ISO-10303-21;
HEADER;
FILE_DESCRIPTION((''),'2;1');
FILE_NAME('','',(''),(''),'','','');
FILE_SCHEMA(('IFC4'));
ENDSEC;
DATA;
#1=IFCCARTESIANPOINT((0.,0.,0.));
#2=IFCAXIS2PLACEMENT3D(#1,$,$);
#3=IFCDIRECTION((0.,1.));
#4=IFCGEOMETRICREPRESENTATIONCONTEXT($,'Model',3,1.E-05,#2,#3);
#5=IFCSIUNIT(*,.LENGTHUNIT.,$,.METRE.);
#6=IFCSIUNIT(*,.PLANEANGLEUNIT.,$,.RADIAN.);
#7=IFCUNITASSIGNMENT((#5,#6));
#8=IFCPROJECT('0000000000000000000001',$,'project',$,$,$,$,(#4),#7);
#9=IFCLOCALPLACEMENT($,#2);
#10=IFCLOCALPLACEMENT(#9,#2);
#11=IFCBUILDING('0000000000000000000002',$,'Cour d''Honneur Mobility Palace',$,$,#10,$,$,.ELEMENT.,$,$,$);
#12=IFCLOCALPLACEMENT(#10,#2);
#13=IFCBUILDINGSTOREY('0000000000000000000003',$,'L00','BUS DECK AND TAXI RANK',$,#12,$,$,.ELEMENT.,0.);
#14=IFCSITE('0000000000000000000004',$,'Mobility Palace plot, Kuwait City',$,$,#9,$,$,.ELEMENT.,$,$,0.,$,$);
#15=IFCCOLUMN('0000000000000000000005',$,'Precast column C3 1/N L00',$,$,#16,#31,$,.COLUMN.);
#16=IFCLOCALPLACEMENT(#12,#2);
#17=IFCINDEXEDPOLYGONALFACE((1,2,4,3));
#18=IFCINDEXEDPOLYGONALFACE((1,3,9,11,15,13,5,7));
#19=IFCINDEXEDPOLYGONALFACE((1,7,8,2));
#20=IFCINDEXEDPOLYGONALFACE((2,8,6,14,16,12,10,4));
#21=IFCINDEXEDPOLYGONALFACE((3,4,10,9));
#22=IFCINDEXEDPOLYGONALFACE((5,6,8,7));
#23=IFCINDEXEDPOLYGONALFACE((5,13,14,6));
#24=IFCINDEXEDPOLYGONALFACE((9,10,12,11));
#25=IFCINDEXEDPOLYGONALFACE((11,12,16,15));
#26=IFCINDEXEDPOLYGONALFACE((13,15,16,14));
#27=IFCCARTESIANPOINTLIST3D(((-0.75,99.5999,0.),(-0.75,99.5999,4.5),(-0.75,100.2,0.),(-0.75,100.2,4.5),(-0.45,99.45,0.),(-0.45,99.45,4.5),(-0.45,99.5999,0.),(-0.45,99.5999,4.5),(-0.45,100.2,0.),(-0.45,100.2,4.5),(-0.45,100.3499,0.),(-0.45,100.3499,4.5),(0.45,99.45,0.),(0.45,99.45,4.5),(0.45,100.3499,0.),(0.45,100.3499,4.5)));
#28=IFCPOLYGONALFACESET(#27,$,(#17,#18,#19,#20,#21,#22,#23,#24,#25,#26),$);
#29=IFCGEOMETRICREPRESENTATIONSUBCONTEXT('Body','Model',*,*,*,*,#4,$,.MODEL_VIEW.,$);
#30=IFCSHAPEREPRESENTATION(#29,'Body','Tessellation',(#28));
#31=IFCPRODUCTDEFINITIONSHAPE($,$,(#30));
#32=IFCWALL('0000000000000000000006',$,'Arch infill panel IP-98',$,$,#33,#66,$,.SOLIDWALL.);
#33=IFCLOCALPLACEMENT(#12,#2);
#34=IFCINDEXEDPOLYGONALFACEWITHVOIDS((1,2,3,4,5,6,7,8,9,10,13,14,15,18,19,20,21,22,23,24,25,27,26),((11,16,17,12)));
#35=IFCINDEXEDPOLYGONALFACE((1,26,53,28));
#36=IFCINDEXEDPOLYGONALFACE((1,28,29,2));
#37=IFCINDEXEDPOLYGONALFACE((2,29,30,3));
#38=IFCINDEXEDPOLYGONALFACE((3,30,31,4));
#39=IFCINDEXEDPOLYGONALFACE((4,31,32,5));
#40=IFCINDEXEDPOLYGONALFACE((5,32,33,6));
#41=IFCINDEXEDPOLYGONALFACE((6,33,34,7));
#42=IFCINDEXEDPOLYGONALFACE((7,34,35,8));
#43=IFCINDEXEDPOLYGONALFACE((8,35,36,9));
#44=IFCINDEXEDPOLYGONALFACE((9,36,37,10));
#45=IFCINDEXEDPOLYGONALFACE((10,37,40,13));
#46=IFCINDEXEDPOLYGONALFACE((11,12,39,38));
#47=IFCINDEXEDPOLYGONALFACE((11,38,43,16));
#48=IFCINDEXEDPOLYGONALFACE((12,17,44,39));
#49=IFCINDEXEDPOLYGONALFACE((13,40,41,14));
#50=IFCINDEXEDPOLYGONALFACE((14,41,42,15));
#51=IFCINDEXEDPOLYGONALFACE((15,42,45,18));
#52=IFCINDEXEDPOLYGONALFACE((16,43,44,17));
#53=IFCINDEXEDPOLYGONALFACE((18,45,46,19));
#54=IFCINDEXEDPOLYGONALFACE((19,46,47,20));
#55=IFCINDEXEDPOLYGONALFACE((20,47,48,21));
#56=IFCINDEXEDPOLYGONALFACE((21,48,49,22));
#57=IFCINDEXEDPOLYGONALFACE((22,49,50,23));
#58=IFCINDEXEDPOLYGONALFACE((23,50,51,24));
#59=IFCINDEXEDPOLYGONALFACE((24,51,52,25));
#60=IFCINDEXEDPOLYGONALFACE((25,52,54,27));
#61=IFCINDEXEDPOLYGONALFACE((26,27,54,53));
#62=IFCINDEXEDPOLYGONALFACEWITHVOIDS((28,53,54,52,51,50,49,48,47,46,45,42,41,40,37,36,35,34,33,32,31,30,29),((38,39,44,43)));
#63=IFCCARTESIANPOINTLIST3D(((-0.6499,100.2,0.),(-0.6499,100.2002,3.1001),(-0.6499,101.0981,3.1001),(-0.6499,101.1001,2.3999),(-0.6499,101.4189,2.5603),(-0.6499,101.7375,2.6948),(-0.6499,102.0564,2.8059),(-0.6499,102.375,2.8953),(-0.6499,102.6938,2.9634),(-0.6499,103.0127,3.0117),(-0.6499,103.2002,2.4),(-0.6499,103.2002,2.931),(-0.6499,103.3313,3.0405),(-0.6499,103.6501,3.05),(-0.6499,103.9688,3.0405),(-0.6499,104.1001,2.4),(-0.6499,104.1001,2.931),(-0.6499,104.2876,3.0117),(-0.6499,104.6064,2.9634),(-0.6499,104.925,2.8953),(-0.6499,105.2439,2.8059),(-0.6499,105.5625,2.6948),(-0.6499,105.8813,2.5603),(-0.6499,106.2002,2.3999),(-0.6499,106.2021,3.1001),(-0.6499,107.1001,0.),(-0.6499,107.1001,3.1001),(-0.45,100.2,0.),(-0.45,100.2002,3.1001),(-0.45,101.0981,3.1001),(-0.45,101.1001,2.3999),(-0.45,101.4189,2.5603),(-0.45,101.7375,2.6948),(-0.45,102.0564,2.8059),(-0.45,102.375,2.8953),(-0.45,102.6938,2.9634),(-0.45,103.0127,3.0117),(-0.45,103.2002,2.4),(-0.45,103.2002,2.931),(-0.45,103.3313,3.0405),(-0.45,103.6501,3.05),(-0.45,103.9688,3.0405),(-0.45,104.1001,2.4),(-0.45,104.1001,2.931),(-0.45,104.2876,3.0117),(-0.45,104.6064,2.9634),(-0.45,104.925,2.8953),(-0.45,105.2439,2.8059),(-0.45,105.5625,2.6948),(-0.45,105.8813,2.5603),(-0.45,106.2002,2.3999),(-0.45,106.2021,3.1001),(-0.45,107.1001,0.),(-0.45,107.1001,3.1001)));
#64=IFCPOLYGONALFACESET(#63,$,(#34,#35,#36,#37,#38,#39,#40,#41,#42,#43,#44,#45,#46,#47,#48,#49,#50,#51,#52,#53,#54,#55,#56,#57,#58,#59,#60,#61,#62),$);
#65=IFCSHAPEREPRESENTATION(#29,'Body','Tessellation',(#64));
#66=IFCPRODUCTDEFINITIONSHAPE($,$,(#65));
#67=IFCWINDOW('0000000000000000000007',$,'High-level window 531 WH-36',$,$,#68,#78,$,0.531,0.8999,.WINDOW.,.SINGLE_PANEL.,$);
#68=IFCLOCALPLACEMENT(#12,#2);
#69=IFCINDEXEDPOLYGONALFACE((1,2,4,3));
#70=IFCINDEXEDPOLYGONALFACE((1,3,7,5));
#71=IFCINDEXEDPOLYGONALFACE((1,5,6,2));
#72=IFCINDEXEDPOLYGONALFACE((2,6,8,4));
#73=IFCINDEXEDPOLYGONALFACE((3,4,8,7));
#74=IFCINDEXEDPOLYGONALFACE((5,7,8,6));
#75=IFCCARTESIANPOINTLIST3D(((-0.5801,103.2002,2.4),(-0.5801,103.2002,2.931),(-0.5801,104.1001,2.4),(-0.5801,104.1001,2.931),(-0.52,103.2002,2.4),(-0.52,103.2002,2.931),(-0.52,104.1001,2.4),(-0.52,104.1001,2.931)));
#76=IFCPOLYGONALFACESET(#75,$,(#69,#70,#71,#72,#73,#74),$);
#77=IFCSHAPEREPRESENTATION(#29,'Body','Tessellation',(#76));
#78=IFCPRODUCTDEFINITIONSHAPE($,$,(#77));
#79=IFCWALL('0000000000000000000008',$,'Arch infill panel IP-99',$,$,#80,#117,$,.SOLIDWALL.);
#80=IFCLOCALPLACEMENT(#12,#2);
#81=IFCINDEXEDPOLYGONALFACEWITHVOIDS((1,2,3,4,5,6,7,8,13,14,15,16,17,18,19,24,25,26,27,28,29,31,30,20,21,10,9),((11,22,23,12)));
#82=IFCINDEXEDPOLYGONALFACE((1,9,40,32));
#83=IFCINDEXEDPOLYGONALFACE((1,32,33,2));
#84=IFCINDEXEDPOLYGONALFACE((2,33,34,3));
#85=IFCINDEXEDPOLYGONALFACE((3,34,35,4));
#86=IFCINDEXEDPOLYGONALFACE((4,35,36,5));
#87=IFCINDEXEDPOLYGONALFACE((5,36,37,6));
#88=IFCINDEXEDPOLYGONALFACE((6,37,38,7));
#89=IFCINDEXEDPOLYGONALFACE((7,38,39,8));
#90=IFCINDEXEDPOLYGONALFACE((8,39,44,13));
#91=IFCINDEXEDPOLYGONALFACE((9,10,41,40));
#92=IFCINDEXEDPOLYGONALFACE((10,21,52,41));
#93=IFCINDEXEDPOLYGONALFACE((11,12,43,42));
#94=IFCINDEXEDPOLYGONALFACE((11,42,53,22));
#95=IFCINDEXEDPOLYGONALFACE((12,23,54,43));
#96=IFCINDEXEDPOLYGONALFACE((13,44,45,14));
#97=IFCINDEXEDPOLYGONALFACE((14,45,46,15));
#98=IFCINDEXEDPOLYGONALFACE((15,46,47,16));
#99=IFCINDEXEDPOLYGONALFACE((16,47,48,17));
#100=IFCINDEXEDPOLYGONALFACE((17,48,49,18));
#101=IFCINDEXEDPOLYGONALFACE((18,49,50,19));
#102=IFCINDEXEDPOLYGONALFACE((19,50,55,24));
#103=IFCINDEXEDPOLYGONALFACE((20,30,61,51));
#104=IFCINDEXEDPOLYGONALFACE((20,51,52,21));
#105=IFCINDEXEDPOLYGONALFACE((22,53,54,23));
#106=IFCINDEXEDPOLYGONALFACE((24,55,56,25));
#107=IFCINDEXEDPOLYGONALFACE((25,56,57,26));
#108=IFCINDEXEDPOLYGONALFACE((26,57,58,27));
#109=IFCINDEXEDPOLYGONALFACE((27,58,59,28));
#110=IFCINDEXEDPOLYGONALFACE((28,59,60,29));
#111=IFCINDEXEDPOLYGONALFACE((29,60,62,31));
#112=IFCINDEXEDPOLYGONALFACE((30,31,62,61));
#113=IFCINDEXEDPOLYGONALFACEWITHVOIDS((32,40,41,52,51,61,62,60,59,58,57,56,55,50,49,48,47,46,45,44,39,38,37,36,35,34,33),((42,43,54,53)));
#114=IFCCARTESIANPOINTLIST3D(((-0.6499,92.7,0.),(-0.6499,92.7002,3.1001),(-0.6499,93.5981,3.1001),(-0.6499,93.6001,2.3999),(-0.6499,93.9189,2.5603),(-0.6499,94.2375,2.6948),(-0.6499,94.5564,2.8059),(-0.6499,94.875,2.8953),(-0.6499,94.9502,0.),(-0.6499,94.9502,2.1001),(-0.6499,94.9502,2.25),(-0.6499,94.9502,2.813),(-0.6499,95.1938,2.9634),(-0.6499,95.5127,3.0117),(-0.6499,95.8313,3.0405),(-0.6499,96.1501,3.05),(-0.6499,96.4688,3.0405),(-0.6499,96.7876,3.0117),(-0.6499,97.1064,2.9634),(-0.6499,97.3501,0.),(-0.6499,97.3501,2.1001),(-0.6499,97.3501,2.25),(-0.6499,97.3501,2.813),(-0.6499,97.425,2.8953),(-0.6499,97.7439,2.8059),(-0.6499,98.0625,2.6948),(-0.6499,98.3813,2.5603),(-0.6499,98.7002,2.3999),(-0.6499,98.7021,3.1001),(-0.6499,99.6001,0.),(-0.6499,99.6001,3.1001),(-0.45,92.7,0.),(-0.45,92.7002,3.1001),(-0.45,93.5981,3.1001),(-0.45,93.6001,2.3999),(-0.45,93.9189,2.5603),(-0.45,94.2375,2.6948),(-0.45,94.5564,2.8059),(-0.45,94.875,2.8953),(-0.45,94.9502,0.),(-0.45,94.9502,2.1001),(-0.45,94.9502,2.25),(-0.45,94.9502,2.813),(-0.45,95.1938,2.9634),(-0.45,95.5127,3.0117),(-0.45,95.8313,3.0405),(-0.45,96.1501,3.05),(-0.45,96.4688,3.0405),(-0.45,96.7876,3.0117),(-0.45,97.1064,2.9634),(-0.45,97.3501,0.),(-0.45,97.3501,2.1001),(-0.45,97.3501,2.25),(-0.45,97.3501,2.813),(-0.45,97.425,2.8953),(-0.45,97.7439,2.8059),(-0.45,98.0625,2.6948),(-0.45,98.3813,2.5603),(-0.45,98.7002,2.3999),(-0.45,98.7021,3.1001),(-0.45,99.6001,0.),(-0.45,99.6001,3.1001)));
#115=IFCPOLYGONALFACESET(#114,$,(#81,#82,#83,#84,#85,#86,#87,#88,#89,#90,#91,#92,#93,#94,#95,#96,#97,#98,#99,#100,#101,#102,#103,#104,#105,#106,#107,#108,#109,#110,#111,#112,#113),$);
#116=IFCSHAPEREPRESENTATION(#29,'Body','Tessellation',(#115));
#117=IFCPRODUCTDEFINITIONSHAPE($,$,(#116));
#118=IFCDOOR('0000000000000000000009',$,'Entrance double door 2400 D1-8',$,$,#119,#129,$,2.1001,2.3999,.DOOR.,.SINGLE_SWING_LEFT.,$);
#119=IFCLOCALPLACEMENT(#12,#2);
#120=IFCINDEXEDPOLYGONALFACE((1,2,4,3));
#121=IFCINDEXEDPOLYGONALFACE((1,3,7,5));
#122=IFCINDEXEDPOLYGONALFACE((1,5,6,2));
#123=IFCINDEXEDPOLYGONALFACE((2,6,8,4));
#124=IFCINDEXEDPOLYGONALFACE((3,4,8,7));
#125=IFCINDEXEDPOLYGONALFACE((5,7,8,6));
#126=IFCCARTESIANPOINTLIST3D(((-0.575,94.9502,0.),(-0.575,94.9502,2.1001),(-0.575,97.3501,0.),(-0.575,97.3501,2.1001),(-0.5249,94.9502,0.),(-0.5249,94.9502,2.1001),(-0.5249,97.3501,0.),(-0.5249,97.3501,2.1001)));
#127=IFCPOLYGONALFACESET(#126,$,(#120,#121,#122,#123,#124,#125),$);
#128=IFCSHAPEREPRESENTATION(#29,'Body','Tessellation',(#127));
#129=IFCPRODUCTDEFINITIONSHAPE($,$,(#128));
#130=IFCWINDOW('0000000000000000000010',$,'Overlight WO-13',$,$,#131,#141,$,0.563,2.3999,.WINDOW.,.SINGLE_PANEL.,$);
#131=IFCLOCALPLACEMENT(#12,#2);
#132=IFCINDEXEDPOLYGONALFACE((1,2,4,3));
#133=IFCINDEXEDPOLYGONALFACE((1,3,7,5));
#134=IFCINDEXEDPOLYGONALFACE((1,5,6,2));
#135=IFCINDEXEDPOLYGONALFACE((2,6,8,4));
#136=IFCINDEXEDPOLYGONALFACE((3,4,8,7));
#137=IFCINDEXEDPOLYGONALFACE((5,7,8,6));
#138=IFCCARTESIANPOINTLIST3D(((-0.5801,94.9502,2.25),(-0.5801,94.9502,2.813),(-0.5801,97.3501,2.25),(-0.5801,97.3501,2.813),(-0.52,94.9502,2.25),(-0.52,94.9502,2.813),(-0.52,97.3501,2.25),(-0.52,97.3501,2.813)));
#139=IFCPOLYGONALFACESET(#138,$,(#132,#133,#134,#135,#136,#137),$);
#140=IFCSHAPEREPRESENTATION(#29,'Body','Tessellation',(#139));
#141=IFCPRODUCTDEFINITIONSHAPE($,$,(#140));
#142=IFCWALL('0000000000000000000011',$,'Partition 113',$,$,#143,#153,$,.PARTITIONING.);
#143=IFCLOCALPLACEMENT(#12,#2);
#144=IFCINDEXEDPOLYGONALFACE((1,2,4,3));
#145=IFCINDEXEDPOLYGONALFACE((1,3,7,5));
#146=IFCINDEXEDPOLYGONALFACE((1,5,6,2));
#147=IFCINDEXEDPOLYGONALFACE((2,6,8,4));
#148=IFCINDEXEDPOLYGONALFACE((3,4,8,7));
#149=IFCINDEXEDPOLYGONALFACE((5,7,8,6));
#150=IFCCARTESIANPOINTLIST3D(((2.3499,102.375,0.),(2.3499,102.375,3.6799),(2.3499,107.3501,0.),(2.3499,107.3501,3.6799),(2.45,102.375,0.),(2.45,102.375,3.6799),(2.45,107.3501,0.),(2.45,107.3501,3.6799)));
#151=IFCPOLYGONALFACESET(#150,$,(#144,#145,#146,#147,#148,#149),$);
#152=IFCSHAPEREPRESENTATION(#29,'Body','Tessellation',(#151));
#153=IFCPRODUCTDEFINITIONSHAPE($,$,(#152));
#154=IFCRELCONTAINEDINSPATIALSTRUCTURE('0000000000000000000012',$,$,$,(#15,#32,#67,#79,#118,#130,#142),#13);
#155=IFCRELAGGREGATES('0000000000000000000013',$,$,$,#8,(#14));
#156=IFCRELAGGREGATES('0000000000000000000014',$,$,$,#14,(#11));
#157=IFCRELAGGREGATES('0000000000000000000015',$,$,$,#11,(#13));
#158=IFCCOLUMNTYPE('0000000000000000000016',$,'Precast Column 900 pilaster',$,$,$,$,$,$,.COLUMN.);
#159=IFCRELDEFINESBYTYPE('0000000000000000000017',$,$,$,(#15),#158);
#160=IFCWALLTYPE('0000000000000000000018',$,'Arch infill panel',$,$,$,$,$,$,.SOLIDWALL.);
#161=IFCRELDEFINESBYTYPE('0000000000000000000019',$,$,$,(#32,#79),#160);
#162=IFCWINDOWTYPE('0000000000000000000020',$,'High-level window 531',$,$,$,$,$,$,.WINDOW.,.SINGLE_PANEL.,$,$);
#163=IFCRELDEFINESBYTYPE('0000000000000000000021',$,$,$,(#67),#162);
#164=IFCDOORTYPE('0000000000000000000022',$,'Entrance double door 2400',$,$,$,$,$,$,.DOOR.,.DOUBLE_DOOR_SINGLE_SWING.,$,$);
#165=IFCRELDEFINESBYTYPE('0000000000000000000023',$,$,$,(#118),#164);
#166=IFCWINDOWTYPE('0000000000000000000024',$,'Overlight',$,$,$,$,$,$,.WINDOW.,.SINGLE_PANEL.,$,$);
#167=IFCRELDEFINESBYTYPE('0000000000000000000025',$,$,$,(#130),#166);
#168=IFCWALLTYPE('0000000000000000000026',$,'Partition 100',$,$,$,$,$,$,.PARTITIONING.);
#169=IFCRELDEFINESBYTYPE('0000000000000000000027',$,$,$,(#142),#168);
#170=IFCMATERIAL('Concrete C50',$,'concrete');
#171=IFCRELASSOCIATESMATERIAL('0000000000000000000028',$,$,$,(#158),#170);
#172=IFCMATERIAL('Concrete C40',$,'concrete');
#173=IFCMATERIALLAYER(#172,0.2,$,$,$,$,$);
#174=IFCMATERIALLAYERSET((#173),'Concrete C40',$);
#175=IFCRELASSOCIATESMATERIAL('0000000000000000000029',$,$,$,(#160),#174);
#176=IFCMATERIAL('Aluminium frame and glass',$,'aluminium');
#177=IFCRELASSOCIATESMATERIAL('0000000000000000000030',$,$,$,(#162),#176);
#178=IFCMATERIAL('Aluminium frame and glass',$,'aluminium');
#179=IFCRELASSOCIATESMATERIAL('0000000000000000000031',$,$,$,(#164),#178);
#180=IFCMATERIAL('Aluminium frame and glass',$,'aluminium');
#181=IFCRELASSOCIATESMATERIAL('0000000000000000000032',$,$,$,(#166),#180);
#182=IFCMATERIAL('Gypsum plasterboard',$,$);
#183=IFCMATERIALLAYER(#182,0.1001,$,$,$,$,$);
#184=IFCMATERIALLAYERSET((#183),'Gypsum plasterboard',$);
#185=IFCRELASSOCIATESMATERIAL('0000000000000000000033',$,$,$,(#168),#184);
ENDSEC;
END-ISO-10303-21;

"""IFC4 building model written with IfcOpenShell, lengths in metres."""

from ifc_helpers import new_model, si_unit, direction, frame, frame_2d, origin, place, context, subcontext, project, spatial, polyline, rectangle, outline, extrude, material, layer, layer_set, material_profile, profile_set, type_object, element, fill, save


model = new_model("IFC4")

# Units and contexts
model_context = context("Model", 3, precision=1e-05, world=origin(), true_north=direction((0.0, 1.0)))
body_context = subcontext(model_context, "Body", "Model", "MODEL_VIEW")
ifc_project = project(units=[si_unit("LENGTHUNIT", "METRE"), si_unit("PLANEANGLEUNIT", "RADIAN")], contexts=[model_context])

# Site, building, storey
site_placement = place(None, origin())
site = spatial("IfcSite", under=ifc_project, at=site_placement, Name="Mobility Palace plot, Kuwait City", CompositionType="ELEMENT", RefElevation=0.0)
building_placement = place(site_placement, origin())
building = spatial("IfcBuilding", under=site, at=building_placement, Name="Cour d'Honneur Mobility Palace", CompositionType="ELEMENT")
storey_placement = place(building_placement, origin())
storey = spatial("IfcBuildingStorey", under=building, at=storey_placement, Name="L00", Description="BUS DECK AND TAXI RANK", CompositionType="ELEMENT", Elevation=0.0)

# Column
ifc_material_1 = material(Name="Concrete C50", Category="concrete")
ifc_material_profile_1 = material_profile(ifc_material_1, outline(polyline([(-0.45, -0.45), (0.45, -0.45), (0.45, -0.3), (0.75, -0.3), (0.75, 0.3), (0.45, 0.3), (0.45, 0.45), (-0.45, 0.45), (-0.45, -0.45)])), Name="PC C900 pilaster")
ifc_profile_set_1 = profile_set([ifc_material_profile_1], Name="Concrete C50")
column_type = type_object("IfcColumnType", Name="Precast Column 900 pilaster", PredefinedType="COLUMN", material=ifc_profile_set_1)
for number, where, z_axis, x_axis, name in (
    (1, (0.0, 99.8999, 0.0), (0.0, 0.0, 1.0), (-1.0, 0.0, 0.0), "Precast column C3 1/N L00"),
):
    element("IfcColumn", number, at=place(storey_placement, frame(where, z_axis=z_axis, x_axis=x_axis)), inside=storey, type_object=column_type, Name=name, PredefinedType="COLUMN", context=body_context, shape_type="SweptSolid", body=[
        extrude(outline(polyline([(-0.45, -0.45), (0.45, -0.45), (0.45, -0.3), (0.75, -0.3), (0.75, 0.3), (0.45, 0.3), (0.45, 0.45), (-0.45, 0.45), (-0.45, -0.45)])), origin(), (0.0, 0.0, 1.0), 4.5),
    ])

# Wall, opening, window
ifc_material_2 = material(Name="Concrete C40", Category="concrete")
ifc_layer_1 = layer(ifc_material_2, 0.2)
ifc_layer_set_1 = layer_set([ifc_layer_1], Name="Concrete C40")
wall_type_1 = type_object("IfcWallType", Name="Arch infill panel", PredefinedType="SOLIDWALL", material=ifc_layer_set_1)
wall_1_placement = place(storey_placement, frame((-0.55, 107.1001, 0.0), z_axis=(0.0, 0.0, 1.0), x_axis=(0.0, -1.0, 0.0)))
wall_1 = element("IfcWall", 2, at=wall_1_placement, inside=storey, type_object=wall_type_1, Name="Arch infill panel IP-98", PredefinedType="SOLIDWALL", context=body_context, shape_type="SweptSolid", body=[
    extrude(outline(polyline([(0.0, 0.0), (6.9001, 0.0), (6.8999, 3.1001), (6.002, 3.1001), (6.0, 2.3999), (5.6812, 2.5603), (5.3625, 2.6948), (5.0437, 2.8059), (4.7251, 2.8953), (4.4062, 2.9634), (4.0874, 3.0117), (3.7688, 3.0405), (3.45, 3.05), (3.1313, 3.0405), (2.8125, 3.0117), (2.4937, 2.9634), (2.175, 2.8953), (1.8562, 2.8059), (1.5376, 2.6948), (1.2188, 2.5603), (0.8999, 2.3999), (0.8979, 3.1001), (0.0, 3.1001), (0.0, 0.0)])), frame((0.0, 0.1001, 0.0), z_axis=(0.0, -1.0, 0.0), x_axis=(1.0, 0.0, 0.0)), (0.0, 0.0, 1.0), 0.2),
])
opening_1_placement = place(wall_1_placement, frame((3.0, 0.0, 2.3999)))
opening_1 = element("IfcOpeningElement", 3, at=opening_1_placement, cuts=wall_1, PredefinedType="OPENING", context=body_context, shape_type="SweptSolid", body=[
    extrude(rectangle(XDim=0.8999, YDim=0.531, at=frame_2d((0.45, 0.2656))), frame((0.0, 0.1099, 0.0), z_axis=(0.0, -1.0, 0.0), x_axis=(1.0, 0.0, 0.0)), (0.0, 0.0, 1.0), 0.22),
])
ifc_material_3 = material(Name="Aluminium frame and glass", Category="aluminium")
window_type_1 = type_object("IfcWindowType", Name="High-level window 531", PartitioningType="SINGLE_PANEL", PredefinedType="WINDOW", material=ifc_material_3)
window_1_placement = place(opening_1_placement, origin())
window_1 = element("IfcWindow", 4, at=window_1_placement, inside=storey, type_object=window_type_1, Name="High-level window 531 WH-36", OverallHeight=0.531, OverallWidth=0.8999, PartitioningType="SINGLE_PANEL", PredefinedType="WINDOW", context=body_context, shape_type="SweptSolid", body=[
    extrude(rectangle(XDim=0.8999, YDim=0.531, at=frame_2d((0.45, 0.2656))), frame((0.0, 0.03, 0.0), z_axis=(0.0, -1.0, 0.0), x_axis=(1.0, 0.0, 0.0)), (0.0, 0.0, 1.0), 0.0601),
])
fill(opening_1, window_1)

# Wall, openings, door, window
wall_2_placement = place(storey_placement, frame((-0.55, 99.6001, 0.0), z_axis=(0.0, 0.0, 1.0), x_axis=(0.0, -1.0, 0.0)))
wall_2 = element("IfcWall", 5, at=wall_2_placement, inside=storey, type_object=wall_type_1, Name="Arch infill panel IP-99", PredefinedType="SOLIDWALL", context=body_context, shape_type="SweptSolid", body=[
    extrude(outline(polyline([(0.0, 0.0), (6.9001, 0.0), (6.8999, 3.1001), (6.002, 3.1001), (6.0, 2.3999), (5.6812, 2.5603), (5.3625, 2.6948), (5.0437, 2.8059), (4.7251, 2.8953), (4.4062, 2.9634), (4.0874, 3.0117), (3.7688, 3.0405), (3.45, 3.05), (3.1313, 3.0405), (2.8125, 3.0117), (2.4937, 2.9634), (2.175, 2.8953), (1.8562, 2.8059), (1.5376, 2.6948), (1.2188, 2.5603), (0.8999, 2.3999), (0.8979, 3.1001), (0.0, 3.1001), (0.0, 0.0)])), frame((0.0, 0.1001, 0.0), z_axis=(0.0, -1.0, 0.0), x_axis=(1.0, 0.0, 0.0)), (0.0, 0.0, 1.0), 0.2),
])
opening_2_placement = place(wall_2_placement, frame((2.25, 0.0, 0.0)))
opening_2 = element("IfcOpeningElement", 6, at=opening_2_placement, cuts=wall_2, PredefinedType="OPENING", context=body_context, shape_type="SweptSolid", body=[
    extrude(rectangle(XDim=2.3999, YDim=2.1001, at=frame_2d((1.2, 1.05))), frame((0.0, 0.1099, 0.0), z_axis=(0.0, -1.0, 0.0), x_axis=(1.0, 0.0, 0.0)), (0.0, 0.0, 1.0), 0.22),
])
opening_3_placement = place(wall_2_placement, frame((2.25, 0.0, 2.25)))
opening_3 = element("IfcOpeningElement", 7, at=opening_3_placement, cuts=wall_2, PredefinedType="OPENING", context=body_context, shape_type="SweptSolid", body=[
    extrude(rectangle(XDim=2.3999, YDim=0.563, at=frame_2d((1.2, 0.2815))), frame((0.0, 0.1099, 0.0), z_axis=(0.0, -1.0, 0.0), x_axis=(1.0, 0.0, 0.0)), (0.0, 0.0, 1.0), 0.22),
])
ifc_material_4 = material(Name="Aluminium frame and glass", Category="aluminium")
door_type_1 = type_object("IfcDoorType", Name="Entrance double door 2400", OperationType="DOUBLE_DOOR_SINGLE_SWING", PredefinedType="DOOR", material=ifc_material_4)
door_1_placement = place(opening_2_placement, frame((2.3999, 0.0, 0.0), z_axis=(0.0, 0.0, 1.0), x_axis=(-1.0, 0.0, 0.0)))
door_1 = element("IfcDoor", 8, at=door_1_placement, inside=storey, type_object=door_type_1, Name="Entrance double door 2400 D1-8", OperationType="SINGLE_SWING_LEFT", OverallHeight=2.1001, OverallWidth=2.3999, PredefinedType="DOOR", context=body_context, shape_type="SweptSolid", body=[
    extrude(rectangle(XDim=2.3999, YDim=2.1001, at=frame_2d((1.2, 1.05))), frame((0.0, 0.0249, 0.0), z_axis=(0.0, -1.0, 0.0), x_axis=(1.0, 0.0, 0.0)), (0.0, 0.0, 1.0), 0.05),
])
fill(opening_2, door_1)
ifc_material_5 = material(Name="Aluminium frame and glass", Category="aluminium")
window_type_2 = type_object("IfcWindowType", Name="Overlight", PartitioningType="SINGLE_PANEL", PredefinedType="WINDOW", material=ifc_material_5)
window_2_placement = place(opening_3_placement, origin())
window_2 = element("IfcWindow", 9, at=window_2_placement, inside=storey, type_object=window_type_2, Name="Overlight WO-13", OverallHeight=0.563, OverallWidth=2.3999, PartitioningType="SINGLE_PANEL", PredefinedType="WINDOW", context=body_context, shape_type="SweptSolid", body=[
    extrude(rectangle(XDim=2.3999, YDim=0.563, at=frame_2d((1.2, 0.2815))), frame((0.0, 0.03, 0.0), z_axis=(0.0, -1.0, 0.0), x_axis=(1.0, 0.0, 0.0)), (0.0, 0.0, 1.0), 0.0601),
])
fill(opening_3, window_2)

# Wall
ifc_material_6 = material(Name="Gypsum plasterboard")
ifc_layer_2 = layer(ifc_material_6, 0.1001)
ifc_layer_set_2 = layer_set([ifc_layer_2], Name="Gypsum plasterboard")
wall_type_2 = type_object("IfcWallType", Name="Partition 100", PredefinedType="PARTITIONING", material=ifc_layer_set_2)
wall_3_placement = place(storey_placement, frame((2.3999, 102.375, 0.0), z_axis=(0.0, 0.0, 1.0), x_axis=(0.0, 1.0, 0.0)))
element("IfcWall", 10, at=wall_3_placement, inside=storey, type_object=wall_type_2, Name="Partition 113", PredefinedType="PARTITIONING", context=body_context, shape_type="SweptSolid", body=[
    extrude(rectangle(XDim=4.9751, YDim=0.1001, at=frame_2d((2.4875, 0.0))), origin(), (0.0, 0.0, 1.0), 3.6799),
])

save(model, "model.ifc")
